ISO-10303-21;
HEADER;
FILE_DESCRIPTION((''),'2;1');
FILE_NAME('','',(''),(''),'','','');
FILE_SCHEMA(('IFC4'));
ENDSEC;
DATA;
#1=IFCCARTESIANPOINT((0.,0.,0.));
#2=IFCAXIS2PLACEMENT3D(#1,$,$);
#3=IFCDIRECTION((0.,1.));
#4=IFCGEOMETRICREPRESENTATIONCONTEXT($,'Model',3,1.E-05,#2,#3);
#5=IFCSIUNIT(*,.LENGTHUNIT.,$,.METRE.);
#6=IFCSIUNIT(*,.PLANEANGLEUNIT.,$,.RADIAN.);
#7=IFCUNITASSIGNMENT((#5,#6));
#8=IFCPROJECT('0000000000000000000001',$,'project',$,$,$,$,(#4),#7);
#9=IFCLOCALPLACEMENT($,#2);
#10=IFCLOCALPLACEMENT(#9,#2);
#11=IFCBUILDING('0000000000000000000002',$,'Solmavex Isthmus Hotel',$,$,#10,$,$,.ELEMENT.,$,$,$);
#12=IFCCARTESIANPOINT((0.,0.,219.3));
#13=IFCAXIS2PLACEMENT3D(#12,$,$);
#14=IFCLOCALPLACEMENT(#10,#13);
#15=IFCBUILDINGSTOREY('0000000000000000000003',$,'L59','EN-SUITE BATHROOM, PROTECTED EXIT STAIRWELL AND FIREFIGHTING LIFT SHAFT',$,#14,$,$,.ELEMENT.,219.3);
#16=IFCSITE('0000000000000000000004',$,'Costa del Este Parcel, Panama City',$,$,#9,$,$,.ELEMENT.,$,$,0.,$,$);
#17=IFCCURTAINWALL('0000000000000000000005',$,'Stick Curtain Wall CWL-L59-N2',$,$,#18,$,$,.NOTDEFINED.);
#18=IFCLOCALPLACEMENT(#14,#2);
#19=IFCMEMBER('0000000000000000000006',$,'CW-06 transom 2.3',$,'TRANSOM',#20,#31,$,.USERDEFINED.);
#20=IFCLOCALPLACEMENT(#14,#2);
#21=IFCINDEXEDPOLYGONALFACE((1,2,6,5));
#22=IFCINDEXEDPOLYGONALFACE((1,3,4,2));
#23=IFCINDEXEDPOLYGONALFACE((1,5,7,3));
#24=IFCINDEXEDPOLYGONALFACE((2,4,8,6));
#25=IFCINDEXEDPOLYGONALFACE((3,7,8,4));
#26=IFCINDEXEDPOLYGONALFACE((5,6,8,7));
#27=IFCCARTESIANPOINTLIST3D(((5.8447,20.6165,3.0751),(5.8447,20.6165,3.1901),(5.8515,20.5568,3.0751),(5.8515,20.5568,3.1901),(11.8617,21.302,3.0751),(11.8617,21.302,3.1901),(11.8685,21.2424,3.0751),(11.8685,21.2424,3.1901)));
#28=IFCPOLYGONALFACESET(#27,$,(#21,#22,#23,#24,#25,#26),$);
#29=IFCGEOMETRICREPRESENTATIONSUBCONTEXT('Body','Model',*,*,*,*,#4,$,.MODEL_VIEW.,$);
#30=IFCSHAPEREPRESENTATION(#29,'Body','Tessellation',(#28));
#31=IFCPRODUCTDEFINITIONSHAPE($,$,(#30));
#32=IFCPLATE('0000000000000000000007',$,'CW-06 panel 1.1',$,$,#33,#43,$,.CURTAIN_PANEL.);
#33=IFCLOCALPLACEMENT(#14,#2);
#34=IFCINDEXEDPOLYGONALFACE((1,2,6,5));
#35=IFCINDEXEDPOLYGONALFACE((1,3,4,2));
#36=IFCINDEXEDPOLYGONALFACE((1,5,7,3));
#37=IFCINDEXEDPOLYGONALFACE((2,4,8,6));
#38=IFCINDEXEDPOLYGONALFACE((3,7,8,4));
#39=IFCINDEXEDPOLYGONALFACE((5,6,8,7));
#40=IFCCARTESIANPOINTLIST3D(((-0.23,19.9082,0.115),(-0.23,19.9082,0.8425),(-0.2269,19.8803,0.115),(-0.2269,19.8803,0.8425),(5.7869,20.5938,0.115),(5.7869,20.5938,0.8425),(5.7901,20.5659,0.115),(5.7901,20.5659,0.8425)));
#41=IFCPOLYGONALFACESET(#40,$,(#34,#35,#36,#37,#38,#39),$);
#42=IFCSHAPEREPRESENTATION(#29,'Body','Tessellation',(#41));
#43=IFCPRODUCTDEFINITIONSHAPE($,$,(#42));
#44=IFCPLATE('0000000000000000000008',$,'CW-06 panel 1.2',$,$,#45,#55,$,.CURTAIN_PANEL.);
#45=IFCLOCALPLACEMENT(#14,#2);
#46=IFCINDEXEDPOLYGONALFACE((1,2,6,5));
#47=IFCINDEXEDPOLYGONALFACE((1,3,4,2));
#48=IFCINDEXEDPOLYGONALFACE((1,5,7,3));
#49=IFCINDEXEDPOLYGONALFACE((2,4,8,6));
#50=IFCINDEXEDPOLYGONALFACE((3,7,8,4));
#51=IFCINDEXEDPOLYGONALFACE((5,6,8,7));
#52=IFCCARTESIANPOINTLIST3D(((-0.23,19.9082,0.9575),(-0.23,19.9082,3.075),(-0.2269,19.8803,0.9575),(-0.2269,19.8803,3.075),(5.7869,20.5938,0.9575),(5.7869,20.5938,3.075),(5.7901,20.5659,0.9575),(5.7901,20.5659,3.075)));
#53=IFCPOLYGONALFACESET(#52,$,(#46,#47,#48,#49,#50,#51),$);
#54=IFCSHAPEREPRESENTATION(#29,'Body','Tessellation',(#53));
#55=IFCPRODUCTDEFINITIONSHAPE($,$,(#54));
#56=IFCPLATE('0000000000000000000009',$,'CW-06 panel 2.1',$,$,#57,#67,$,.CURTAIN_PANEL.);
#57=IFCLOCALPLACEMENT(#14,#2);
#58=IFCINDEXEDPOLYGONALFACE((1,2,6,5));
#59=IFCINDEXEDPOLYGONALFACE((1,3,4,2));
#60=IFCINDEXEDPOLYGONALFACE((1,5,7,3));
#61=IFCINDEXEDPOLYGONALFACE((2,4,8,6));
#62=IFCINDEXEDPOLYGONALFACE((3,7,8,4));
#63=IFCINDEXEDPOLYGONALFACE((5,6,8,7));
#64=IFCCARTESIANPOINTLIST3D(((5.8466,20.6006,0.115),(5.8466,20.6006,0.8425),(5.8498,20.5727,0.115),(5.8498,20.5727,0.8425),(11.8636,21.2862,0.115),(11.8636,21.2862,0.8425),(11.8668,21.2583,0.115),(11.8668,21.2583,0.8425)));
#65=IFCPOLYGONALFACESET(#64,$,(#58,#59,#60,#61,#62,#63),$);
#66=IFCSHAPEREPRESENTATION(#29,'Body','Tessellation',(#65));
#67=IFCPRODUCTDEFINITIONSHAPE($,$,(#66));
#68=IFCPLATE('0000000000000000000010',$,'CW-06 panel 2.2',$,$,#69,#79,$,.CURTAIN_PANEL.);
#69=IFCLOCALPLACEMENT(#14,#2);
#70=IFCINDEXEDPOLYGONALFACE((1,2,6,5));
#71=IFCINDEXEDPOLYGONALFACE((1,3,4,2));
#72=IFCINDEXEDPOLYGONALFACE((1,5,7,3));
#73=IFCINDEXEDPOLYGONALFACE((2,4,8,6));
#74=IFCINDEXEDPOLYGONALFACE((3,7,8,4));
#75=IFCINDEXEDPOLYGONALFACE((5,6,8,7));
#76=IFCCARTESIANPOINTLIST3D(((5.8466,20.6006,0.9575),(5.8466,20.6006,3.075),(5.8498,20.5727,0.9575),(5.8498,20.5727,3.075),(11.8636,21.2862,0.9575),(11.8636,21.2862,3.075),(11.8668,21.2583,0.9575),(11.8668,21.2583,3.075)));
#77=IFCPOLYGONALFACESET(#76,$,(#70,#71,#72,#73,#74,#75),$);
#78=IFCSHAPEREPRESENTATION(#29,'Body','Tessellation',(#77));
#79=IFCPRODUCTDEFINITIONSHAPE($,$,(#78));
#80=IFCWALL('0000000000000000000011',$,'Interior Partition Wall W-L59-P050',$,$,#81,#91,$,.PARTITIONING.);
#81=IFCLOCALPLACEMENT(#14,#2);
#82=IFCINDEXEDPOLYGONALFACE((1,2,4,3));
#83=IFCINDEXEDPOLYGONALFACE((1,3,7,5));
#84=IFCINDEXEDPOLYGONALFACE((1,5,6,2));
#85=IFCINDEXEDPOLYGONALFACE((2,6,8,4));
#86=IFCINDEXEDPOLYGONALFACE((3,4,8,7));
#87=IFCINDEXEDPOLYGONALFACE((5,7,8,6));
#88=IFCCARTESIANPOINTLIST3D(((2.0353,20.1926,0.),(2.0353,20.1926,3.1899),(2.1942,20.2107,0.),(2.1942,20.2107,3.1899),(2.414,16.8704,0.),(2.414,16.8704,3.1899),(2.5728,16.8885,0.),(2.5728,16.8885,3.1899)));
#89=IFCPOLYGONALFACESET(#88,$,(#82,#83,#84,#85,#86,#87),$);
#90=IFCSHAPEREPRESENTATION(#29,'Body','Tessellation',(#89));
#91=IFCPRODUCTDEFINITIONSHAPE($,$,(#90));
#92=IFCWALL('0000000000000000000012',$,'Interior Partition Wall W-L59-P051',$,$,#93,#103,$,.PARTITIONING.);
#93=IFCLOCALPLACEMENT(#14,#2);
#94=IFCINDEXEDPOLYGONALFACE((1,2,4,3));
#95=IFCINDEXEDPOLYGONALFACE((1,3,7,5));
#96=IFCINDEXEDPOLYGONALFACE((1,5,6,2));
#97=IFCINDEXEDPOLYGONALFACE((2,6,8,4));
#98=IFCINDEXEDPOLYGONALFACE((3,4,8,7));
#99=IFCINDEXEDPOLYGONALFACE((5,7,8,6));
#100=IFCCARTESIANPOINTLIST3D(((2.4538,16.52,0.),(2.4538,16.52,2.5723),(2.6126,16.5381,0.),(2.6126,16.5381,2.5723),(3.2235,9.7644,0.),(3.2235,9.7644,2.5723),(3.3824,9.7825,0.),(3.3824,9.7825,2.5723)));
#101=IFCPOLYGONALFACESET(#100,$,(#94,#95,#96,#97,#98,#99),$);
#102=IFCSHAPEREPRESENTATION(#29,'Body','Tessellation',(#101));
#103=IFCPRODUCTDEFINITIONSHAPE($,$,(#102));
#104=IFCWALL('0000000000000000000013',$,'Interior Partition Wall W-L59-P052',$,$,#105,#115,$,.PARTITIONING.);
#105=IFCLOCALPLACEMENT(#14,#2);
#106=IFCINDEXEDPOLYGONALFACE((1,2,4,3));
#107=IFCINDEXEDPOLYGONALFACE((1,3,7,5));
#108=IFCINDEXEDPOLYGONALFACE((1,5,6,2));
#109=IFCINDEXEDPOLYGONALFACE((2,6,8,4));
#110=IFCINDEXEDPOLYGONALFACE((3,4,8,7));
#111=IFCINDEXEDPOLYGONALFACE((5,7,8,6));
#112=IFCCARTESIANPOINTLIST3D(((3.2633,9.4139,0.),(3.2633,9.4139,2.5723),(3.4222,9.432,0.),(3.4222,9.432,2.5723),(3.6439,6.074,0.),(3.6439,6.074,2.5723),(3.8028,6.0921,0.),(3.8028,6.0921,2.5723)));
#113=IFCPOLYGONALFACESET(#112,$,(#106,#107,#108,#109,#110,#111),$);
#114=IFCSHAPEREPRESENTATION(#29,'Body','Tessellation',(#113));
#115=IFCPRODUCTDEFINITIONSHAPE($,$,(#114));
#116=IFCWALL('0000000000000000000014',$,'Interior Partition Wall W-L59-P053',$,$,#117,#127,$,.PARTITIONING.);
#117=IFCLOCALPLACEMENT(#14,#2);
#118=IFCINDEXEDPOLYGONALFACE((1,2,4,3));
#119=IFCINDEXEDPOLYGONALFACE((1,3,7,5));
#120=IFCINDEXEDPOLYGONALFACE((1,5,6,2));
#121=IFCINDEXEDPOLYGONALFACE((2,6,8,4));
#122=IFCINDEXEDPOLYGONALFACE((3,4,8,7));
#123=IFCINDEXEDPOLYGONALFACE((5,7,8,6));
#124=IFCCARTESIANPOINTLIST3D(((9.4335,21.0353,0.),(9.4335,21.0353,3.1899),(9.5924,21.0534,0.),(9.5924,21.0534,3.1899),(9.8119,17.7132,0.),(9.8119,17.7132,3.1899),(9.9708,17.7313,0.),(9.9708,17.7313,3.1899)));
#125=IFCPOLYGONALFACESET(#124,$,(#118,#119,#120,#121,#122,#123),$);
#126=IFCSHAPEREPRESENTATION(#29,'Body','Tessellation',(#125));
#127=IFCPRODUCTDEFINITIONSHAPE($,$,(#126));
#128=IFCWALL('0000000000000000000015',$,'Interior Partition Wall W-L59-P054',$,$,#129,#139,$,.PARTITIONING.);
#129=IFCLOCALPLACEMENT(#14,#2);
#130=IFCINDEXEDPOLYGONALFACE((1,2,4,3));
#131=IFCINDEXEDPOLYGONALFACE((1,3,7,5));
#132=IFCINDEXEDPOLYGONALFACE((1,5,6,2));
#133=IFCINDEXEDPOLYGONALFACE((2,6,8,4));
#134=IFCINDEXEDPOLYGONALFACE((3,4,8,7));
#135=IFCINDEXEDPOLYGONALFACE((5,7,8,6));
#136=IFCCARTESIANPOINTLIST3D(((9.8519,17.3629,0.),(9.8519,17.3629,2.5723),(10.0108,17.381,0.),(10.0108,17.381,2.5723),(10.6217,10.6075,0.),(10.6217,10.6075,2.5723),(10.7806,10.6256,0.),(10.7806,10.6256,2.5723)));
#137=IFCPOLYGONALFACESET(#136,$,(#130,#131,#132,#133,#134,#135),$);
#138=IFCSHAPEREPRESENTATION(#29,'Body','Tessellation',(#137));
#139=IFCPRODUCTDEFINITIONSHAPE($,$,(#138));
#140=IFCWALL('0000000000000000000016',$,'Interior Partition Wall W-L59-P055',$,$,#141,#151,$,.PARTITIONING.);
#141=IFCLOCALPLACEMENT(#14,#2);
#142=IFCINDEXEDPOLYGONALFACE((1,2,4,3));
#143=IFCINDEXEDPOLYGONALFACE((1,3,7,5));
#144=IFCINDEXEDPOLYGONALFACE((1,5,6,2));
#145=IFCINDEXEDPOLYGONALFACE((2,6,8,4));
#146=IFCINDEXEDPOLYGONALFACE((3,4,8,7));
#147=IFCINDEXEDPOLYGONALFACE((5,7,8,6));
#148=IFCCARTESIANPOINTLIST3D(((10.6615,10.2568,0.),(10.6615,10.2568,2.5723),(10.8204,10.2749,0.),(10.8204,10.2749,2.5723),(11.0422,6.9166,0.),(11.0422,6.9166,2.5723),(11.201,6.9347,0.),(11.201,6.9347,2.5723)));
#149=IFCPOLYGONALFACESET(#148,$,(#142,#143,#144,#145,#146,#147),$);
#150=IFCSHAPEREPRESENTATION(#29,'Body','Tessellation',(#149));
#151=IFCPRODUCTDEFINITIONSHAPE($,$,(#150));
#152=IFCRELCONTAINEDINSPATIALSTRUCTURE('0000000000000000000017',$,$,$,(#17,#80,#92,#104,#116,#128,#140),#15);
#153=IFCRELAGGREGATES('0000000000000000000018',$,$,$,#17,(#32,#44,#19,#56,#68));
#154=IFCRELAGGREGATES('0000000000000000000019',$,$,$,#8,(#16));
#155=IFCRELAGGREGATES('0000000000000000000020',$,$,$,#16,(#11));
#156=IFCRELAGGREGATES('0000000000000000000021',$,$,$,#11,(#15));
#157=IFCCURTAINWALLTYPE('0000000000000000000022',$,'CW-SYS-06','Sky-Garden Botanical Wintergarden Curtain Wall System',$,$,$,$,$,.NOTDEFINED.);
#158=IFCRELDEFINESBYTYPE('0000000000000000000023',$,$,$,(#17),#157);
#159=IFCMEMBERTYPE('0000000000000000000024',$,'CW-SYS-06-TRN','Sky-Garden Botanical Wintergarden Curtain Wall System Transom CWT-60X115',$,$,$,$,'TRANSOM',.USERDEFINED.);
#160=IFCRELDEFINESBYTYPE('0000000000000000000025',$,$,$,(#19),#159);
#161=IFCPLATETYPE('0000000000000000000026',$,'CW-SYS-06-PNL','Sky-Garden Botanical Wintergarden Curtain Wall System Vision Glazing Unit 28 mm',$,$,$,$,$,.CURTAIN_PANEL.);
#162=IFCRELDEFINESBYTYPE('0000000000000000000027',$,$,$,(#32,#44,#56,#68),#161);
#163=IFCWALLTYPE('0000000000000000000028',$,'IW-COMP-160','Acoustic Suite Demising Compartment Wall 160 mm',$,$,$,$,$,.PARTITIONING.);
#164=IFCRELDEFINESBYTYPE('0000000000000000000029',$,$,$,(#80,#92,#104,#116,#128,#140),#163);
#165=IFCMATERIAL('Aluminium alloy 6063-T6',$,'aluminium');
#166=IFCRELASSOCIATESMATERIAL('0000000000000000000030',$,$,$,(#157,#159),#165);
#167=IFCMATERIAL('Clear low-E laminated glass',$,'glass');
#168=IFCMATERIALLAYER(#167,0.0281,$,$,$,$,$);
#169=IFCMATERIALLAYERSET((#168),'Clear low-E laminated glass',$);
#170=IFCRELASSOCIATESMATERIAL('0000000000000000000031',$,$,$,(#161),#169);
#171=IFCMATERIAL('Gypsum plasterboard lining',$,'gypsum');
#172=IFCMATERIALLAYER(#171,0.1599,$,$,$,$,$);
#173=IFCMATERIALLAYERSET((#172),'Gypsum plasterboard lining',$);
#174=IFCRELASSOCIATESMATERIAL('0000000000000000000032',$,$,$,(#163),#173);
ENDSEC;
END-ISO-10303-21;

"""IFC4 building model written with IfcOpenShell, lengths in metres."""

from ifc_helpers import new_model, si_unit, direction, frame, frame_2d, origin, origin_2d, place, context, subcontext, project, spatial, rectangle, extrude, material, layer, layer_set, material_profile, profile_set, type_object, element, aggregate, save


model = new_model("IFC4")

# Units and contexts
model_context = context("Model", 3, precision=1e-05, world=origin(), true_north=direction((0.0, 1.0)))
body_context = subcontext(model_context, "Body", "Model", "MODEL_VIEW")
ifc_project = project(units=[si_unit("LENGTHUNIT", "METRE"), si_unit("PLANEANGLEUNIT", "RADIAN")], contexts=[model_context])

# Site, building, storey
site_placement = place(None, origin())
site = spatial("IfcSite", under=ifc_project, at=site_placement, Name="Costa del Este Parcel, Panama City", CompositionType="ELEMENT", RefElevation=0.0)
building_placement = place(site_placement, origin())
building = spatial("IfcBuilding", under=site, at=building_placement, Name="Solmavex Isthmus Hotel", CompositionType="ELEMENT")
storey_placement = place(building_placement, frame((0.0, 0.0, 219.3)))
storey = spatial("IfcBuildingStorey", under=building, at=storey_placement, Name="L59", Description="EN-SUITE BATHROOM, PROTECTED EXIT STAIRWELL AND FIREFIGHTING LIFT SHAFT", CompositionType="ELEMENT", Elevation=219.3)

# Curtain wall, member, plates
ifc_material_1 = material(Name="Aluminium alloy 6063-T6", Category="aluminium")
curtain_wall_type = type_object("IfcCurtainWallType", Name="CW-SYS-06", Description="Sky-Garden Botanical Wintergarden Curtain Wall System", PredefinedType="NOTDEFINED", material=ifc_material_1)
curtain_wall_placement = place(storey_placement, origin())
curtain_wall = element("IfcCurtainWall", 1, at=curtain_wall_placement, inside=storey, type_object=curtain_wall_type, Name="Stick Curtain Wall CWL-L59-N2", PredefinedType="NOTDEFINED")
ifc_material_profile_1 = material_profile(ifc_material_1, rectangle(XDim=0.0601, YDim=0.115, at=origin_2d()), Name="CWT-60X115")
ifc_profile_set_1 = profile_set([ifc_material_profile_1], Name="Aluminium alloy 6063-T6")
member_type_1 = type_object("IfcMemberType", Name="CW-SYS-06-TRN", Description="Sky-Garden Botanical Wintergarden Curtain Wall System Transom CWT-60X115", ElementType="TRANSOM", PredefinedType="USERDEFINED", material=ifc_profile_set_1)
member_1_placement = place(storey_placement, frame((5.8481, 20.5867, 3.1326), z_axis=(0.993572, 0.113201, 0.0), x_axis=(-0.113201, 0.993572, 0.0)))
member_1 = element("IfcMember", 2, at=member_1_placement, type_object=member_type_1, Name="CW-06 transom 2.3", ObjectType="TRANSOM", PredefinedType="USERDEFINED", context=body_context, shape_type="SweptSolid", body=[
    extrude(rectangle(XDim=0.0601, YDim=0.115, at=origin_2d()), origin(), (0.0, 0.0, 1.0), 6.0559),
])
ifc_material_2 = material(Name="Clear low-E laminated glass", Category="glass")
ifc_layer_1 = layer(ifc_material_2, 0.0281)
ifc_layer_set_1 = layer_set([ifc_layer_1], Name="Clear low-E laminated glass")
plate_type = type_object("IfcPlateType", Name="CW-SYS-06-PNL", Description="Sky-Garden Botanical Wintergarden Curtain Wall System Vision Glazing Unit 28 mm", PredefinedType="CURTAIN_PANEL", material=ifc_layer_set_1)
plate_1_placement = place(storey_placement, frame((2.78, 20.2371, 0.115), z_axis=(0.0, 0.0, 1.0), x_axis=(0.993572, 0.113203, 0.0)))
plate_1 = element("IfcPlate", 3, at=plate_1_placement, type_object=plate_type, Name="CW-06 panel 1.1", PredefinedType="CURTAIN_PANEL", context=body_context, shape_type="SweptSolid", body=[
    extrude(rectangle(XDim=6.0559, YDim=0.0281, at=origin_2d()), origin(), (0.0, 0.0, 1.0), 0.7275),
])
plate_2_placement = place(storey_placement, frame((2.78, 20.2371, 0.9575), z_axis=(0.0, 0.0, 1.0), x_axis=(0.993572, 0.113203, 0.0)))
plate_2 = element("IfcPlate", 4, at=plate_2_placement, type_object=plate_type, Name="CW-06 panel 1.2", PredefinedType="CURTAIN_PANEL", context=body_context, shape_type="SweptSolid", body=[
    extrude(rectangle(XDim=6.0559, YDim=0.0281, at=origin_2d()), origin(), (0.0, 0.0, 1.0), 2.1174),
])
plate_3_placement = place(storey_placement, frame((8.8567, 20.9294, 0.115), z_axis=(0.0, 0.0, 1.0), x_axis=(0.993572, 0.113203, 0.0)))
plate_3 = element("IfcPlate", 5, at=plate_3_placement, type_object=plate_type, Name="CW-06 panel 2.1", PredefinedType="CURTAIN_PANEL", context=body_context, shape_type="SweptSolid", body=[
    extrude(rectangle(XDim=6.0559, YDim=0.0281, at=origin_2d()), origin(), (0.0, 0.0, 1.0), 0.7275),
])
plate_4_placement = place(storey_placement, frame((8.8567, 20.9294, 0.9575), z_axis=(0.0, 0.0, 1.0), x_axis=(0.993572, 0.113203, 0.0)))
plate_4 = element("IfcPlate", 6, at=plate_4_placement, type_object=plate_type, Name="CW-06 panel 2.2", PredefinedType="CURTAIN_PANEL", context=body_context, shape_type="SweptSolid", body=[
    extrude(rectangle(XDim=6.0559, YDim=0.0281, at=origin_2d()), origin(), (0.0, 0.0, 1.0), 2.1174),
])
aggregate(curtain_wall, [plate_1, plate_2, member_1, plate_3, plate_4])

# Walls
ifc_material_3 = material(Name="Gypsum plasterboard lining", Category="gypsum")
ifc_layer_2 = layer(ifc_material_3, 0.1599)
ifc_layer_set_2 = layer_set([ifc_layer_2], Name="Gypsum plasterboard lining")
wall_type = type_object("IfcWallType", Name="IW-COMP-160", Description="Acoustic Suite Demising Compartment Wall 160 mm", PredefinedType="PARTITIONING", material=ifc_layer_set_2)
wall_1_placement = place(storey_placement, frame((2.1147, 20.2017, 0.0), z_axis=(0.0, 0.0, 1.0), x_axis=(0.113244, -0.993567, 0.0)))
element("IfcWall", 7, at=wall_1_placement, inside=storey, type_object=wall_type, Name="Interior Partition Wall W-L59-P050", PredefinedType="PARTITIONING", context=body_context, shape_type="SweptSolid", body=[
    extrude(rectangle(XDim=3.3438, YDim=0.1599, at=frame_2d((1.6719, 0.0))), origin(), (0.0, 0.0, 1.0), 3.1899),
])
wall_2_placement = place(storey_placement, frame((2.5332, 16.5291, 0.0), z_axis=(0.0, 0.0, 1.0), x_axis=(0.113213, -0.993571, 0.0)))
element("IfcWall", 8, at=wall_2_placement, inside=storey, type_object=wall_type, Name="Interior Partition Wall W-L59-P051", PredefinedType="PARTITIONING", context=body_context, shape_type="SweptSolid", body=[
    extrude(rectangle(XDim=6.7993, YDim=0.1599, at=frame_2d((3.3997, 0.0))), origin(), (0.0, 0.0, 1.0), 2.5723),
])
wall_3_placement = place(storey_placement, frame((3.3428, 9.4229, 0.0), z_axis=(0.0, 0.0, 1.0), x_axis=(0.113229, -0.993569, 0.0)))
element("IfcWall", 9, at=wall_3_placement, inside=storey, type_object=wall_type, Name="Interior Partition Wall W-L59-P052", PredefinedType="PARTITIONING", context=body_context, shape_type="SweptSolid", body=[
    extrude(rectangle(XDim=3.3616, YDim=0.1599, at=frame_2d((1.6807, 0.0))), origin(), (0.0, 0.0, 1.0), 2.5723),
])
wall_4_placement = place(storey_placement, frame((9.5129, 21.0444, 0.0), z_axis=(0.0, 0.0, 1.0), x_axis=(0.11318, -0.993574, 0.0)))
element("IfcWall", 10, at=wall_4_placement, inside=storey, type_object=wall_type, Name="Interior Partition Wall W-L59-P053", PredefinedType="PARTITIONING", context=body_context, shape_type="SweptSolid", body=[
    extrude(rectangle(XDim=3.3435, YDim=0.1599, at=frame_2d((1.6719, 0.0))), origin(), (0.0, 0.0, 1.0), 3.1899),
])
wall_5_placement = place(storey_placement, frame((9.9314, 17.3718, 0.0), z_axis=(0.0, 0.0, 1.0), x_axis=(0.113217, -0.99357, 0.0)))
element("IfcWall", 11, at=wall_5_placement, inside=storey, type_object=wall_type, Name="Interior Partition Wall W-L59-P054", PredefinedType="PARTITIONING", context=body_context, shape_type="SweptSolid", body=[
    extrude(rectangle(XDim=6.7991, YDim=0.1599, at=frame_2d((3.3994, 0.0))), origin(), (0.0, 0.0, 1.0), 2.5723),
])
wall_6_placement = place(storey_placement, frame((10.741, 10.2659, 0.0), z_axis=(0.0, 0.0, 1.0), x_axis=(0.113221, -0.99357, 0.0)))
element("IfcWall", 12, at=wall_6_placement, inside=storey, type_object=wall_type, Name="Interior Partition Wall W-L59-P055", PredefinedType="PARTITIONING", context=body_context, shape_type="SweptSolid", body=[
    extrude(rectangle(XDim=3.3618, YDim=0.1599, at=frame_2d((1.6809, 0.0))), origin(), (0.0, 0.0, 1.0), 2.5723),
])

save(model, "model.ifc")
